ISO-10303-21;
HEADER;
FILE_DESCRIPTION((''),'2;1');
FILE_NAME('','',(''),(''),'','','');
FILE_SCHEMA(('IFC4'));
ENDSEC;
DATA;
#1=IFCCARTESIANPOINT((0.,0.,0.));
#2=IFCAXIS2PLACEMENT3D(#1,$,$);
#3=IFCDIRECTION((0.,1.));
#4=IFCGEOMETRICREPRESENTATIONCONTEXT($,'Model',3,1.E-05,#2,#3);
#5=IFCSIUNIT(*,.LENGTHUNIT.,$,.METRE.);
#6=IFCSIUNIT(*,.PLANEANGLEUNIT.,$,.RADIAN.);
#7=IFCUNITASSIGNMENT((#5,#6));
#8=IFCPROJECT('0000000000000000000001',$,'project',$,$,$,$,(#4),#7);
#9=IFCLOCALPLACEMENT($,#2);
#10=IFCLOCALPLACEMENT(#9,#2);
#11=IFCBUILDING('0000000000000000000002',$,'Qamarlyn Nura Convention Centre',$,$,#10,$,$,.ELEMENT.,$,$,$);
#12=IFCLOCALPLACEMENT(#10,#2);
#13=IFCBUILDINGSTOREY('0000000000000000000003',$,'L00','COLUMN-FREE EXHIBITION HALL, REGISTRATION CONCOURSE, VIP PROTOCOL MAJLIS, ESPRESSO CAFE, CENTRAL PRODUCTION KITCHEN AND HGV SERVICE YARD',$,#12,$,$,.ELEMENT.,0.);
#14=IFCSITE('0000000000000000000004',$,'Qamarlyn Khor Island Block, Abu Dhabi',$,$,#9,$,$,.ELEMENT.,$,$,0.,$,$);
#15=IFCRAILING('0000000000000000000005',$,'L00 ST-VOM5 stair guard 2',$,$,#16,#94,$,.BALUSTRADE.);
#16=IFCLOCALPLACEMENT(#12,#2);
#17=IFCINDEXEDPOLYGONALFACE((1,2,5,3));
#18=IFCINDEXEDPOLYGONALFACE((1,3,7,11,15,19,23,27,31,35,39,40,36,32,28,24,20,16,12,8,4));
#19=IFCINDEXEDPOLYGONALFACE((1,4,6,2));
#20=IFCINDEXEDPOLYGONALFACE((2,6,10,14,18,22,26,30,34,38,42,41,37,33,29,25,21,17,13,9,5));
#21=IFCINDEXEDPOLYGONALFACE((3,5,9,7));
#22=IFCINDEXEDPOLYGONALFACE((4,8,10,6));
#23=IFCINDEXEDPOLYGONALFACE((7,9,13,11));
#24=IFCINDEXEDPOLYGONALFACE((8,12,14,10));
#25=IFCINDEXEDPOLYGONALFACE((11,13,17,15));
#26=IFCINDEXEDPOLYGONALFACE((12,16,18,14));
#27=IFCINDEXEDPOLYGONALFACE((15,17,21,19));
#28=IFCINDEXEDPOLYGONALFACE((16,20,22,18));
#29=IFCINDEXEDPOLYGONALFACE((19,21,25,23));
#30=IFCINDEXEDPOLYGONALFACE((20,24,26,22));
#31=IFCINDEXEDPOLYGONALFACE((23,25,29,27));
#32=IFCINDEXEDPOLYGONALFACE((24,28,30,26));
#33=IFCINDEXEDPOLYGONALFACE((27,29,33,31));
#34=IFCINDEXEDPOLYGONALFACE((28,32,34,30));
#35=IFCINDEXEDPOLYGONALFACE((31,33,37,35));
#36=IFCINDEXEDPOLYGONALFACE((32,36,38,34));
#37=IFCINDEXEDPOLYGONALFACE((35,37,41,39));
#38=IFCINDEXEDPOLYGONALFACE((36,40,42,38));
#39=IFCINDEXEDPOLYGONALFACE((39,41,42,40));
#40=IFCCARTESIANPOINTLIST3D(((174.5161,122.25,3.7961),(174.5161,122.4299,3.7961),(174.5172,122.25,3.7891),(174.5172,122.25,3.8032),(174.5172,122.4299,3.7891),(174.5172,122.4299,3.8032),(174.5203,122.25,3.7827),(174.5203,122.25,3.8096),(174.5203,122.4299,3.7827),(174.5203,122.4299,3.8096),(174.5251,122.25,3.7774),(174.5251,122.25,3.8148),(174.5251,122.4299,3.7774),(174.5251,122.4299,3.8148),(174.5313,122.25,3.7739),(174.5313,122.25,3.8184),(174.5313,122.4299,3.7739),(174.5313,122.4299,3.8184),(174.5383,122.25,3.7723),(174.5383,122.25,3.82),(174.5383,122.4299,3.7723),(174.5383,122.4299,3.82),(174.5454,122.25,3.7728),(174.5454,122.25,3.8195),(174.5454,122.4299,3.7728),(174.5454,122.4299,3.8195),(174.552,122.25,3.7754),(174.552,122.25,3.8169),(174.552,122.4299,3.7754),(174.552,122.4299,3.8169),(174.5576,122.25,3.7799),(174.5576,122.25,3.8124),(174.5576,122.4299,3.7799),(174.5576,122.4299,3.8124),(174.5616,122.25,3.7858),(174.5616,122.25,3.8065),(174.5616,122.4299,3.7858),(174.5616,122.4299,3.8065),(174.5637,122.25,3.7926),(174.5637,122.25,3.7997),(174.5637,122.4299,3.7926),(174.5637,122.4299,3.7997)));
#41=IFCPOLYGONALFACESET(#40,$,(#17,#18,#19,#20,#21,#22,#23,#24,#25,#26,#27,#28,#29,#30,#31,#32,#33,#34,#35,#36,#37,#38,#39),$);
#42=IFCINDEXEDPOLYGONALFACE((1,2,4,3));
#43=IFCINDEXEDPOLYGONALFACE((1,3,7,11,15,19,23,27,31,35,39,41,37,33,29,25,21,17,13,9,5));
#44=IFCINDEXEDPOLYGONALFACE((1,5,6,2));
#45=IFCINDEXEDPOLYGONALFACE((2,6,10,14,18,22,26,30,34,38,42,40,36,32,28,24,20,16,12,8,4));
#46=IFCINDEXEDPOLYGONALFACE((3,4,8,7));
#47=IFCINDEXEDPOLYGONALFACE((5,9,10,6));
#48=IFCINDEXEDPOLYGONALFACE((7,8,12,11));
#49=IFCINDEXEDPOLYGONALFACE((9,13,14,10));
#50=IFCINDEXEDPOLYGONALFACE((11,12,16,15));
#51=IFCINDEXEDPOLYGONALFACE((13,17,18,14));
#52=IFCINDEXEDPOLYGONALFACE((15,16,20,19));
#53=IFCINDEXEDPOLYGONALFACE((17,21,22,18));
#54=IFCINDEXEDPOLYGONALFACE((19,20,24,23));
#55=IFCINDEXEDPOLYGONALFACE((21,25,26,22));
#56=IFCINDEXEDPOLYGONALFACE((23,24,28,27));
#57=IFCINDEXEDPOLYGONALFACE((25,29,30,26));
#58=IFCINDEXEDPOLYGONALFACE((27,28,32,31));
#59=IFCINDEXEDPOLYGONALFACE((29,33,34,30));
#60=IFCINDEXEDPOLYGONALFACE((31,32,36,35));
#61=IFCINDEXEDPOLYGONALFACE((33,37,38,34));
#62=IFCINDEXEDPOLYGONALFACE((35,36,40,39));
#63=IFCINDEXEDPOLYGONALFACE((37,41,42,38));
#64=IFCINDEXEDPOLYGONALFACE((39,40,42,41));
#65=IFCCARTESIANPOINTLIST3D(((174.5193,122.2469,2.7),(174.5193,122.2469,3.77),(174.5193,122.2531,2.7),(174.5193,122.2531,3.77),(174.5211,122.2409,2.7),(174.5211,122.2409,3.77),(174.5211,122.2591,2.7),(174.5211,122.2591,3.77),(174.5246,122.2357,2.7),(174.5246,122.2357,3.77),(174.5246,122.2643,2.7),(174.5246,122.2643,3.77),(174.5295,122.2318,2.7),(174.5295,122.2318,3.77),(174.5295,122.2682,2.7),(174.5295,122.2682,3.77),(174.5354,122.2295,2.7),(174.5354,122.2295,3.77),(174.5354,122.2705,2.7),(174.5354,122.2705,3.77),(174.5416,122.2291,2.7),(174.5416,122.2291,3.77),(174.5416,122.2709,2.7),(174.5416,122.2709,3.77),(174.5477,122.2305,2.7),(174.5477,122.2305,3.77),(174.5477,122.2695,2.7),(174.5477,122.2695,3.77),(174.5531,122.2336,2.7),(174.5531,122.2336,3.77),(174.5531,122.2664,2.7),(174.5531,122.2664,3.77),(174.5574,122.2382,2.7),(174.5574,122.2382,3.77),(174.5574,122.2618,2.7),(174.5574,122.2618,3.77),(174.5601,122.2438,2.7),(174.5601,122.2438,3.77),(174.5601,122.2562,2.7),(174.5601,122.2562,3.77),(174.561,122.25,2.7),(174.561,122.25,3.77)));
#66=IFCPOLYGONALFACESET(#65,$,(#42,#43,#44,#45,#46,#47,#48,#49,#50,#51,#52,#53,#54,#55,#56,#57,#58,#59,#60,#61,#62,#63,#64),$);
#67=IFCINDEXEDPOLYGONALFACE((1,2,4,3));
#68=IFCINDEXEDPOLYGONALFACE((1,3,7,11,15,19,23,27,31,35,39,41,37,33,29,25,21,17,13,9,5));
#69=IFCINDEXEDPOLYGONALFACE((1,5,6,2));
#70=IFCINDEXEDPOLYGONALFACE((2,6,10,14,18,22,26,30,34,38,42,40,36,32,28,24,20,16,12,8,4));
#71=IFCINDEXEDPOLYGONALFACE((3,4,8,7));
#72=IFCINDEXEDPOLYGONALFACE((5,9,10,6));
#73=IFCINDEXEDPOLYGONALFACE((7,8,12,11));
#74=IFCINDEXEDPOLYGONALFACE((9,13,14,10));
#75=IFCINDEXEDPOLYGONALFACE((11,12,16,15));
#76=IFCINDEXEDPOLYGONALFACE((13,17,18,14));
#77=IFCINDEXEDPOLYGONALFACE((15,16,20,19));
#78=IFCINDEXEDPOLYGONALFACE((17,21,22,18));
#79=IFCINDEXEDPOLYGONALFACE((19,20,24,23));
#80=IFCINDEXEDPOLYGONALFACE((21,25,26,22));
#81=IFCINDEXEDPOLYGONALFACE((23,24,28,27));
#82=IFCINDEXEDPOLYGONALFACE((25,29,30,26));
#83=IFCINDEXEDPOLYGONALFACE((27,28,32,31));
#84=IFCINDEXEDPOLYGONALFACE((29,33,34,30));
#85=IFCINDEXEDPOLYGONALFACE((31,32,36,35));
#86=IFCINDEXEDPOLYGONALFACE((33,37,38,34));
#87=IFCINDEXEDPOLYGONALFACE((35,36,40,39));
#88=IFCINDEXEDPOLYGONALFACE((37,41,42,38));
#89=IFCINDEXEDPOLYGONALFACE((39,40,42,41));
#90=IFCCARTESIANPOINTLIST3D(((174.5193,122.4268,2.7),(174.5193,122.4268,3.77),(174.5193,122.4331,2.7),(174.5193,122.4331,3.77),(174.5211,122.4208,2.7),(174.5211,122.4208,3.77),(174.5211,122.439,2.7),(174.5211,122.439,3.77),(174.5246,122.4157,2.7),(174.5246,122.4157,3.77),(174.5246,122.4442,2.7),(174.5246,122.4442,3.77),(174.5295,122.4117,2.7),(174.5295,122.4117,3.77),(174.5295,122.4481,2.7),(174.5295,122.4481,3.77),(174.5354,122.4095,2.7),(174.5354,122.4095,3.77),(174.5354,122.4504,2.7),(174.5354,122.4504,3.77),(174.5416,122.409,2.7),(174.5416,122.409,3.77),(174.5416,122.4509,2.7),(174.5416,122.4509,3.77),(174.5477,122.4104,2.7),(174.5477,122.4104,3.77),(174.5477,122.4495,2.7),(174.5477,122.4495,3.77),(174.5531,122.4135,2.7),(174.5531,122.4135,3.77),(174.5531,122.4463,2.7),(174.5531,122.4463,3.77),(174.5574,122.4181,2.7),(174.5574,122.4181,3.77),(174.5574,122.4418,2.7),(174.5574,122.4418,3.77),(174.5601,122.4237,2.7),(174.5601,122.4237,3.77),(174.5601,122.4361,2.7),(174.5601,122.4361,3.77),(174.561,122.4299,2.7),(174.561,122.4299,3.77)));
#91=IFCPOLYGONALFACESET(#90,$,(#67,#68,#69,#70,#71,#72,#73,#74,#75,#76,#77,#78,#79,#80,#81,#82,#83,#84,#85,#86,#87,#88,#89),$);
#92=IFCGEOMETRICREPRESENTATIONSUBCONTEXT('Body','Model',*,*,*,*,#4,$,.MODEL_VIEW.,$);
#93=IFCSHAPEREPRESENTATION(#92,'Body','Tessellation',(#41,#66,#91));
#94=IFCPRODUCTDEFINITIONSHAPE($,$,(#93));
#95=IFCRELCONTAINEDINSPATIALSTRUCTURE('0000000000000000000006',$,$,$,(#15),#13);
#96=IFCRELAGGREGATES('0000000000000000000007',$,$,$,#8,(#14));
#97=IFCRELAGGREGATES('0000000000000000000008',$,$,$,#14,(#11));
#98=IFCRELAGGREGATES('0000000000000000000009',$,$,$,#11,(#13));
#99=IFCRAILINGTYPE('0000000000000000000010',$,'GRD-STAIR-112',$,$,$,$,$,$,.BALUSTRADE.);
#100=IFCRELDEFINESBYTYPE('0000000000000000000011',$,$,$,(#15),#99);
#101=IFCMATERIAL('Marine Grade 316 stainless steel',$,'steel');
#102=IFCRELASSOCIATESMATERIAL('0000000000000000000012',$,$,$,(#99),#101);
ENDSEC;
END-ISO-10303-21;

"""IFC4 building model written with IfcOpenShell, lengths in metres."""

from ifc_helpers import new_model, si_unit, direction, frame, origin, origin_2d, place, context, subcontext, project, spatial, circle, extrude, material, type_object, element, save


model = new_model("IFC4")

# Units and contexts
model_context = context("Model", 3, precision=1e-05, world=origin(), true_north=direction((0.0, 1.0)))
body_context = subcontext(model_context, "Body", "Model", "MODEL_VIEW")
ifc_project = project(units=[si_unit("LENGTHUNIT", "METRE"), si_unit("PLANEANGLEUNIT", "RADIAN")], contexts=[model_context])

# Site, building, storey
site_placement = place(None, origin())
site = spatial("IfcSite", under=ifc_project, at=site_placement, Name="Qamarlyn Khor Island Block, Abu Dhabi", CompositionType="ELEMENT", RefElevation=0.0)
building_placement = place(site_placement, origin())
building = spatial("IfcBuilding", under=site, at=building_placement, Name="Qamarlyn Nura Convention Centre", CompositionType="ELEMENT")
storey_placement = place(building_placement, origin())
storey = spatial("IfcBuildingStorey", under=building, at=storey_placement, Name="L00", Description="COLUMN-FREE EXHIBITION HALL, REGISTRATION CONCOURSE, VIP PROTOCOL MAJLIS, ESPRESSO CAFE, CENTRAL PRODUCTION KITCHEN AND HGV SERVICE YARD", CompositionType="ELEMENT", Elevation=0.0)

# Railing
ifc_material_1 = material(Name="Marine Grade 316 stainless steel", Category="steel")
railing_type_1 = type_object("IfcRailingType", Name="GRD-STAIR-112", PredefinedType="BALUSTRADE", material=ifc_material_1)
railing_1_placement = place(storey_placement, frame((174.54, 122.25, 2.7)))
element("IfcRailing", 1, at=railing_1_placement, inside=storey, type_object=railing_type_1, Name="L00 ST-VOM5 stair guard 2", PredefinedType="BALUSTRADE", context=body_context, shape_type="SweptSolid", body=[
    extrude(circle(Radius=0.0239, at=origin_2d()), frame((0.0, 0.0, 1.0962), z_axis=(0.0, 1.0, 0.0), x_axis=(-1.0, 0.0, 0.0)), (0.0, 0.0, 1.0), 0.1799),
    extrude(circle(Radius=0.021, at=origin_2d()), origin(), (0.0, 0.0, 1.0), 1.0701),
    extrude(circle(Radius=0.021, at=origin_2d()), frame((0.0, 0.1799, 0.0)), (0.0, 0.0, 1.0), 1.0701),
])

save(model, "model.ifc")
